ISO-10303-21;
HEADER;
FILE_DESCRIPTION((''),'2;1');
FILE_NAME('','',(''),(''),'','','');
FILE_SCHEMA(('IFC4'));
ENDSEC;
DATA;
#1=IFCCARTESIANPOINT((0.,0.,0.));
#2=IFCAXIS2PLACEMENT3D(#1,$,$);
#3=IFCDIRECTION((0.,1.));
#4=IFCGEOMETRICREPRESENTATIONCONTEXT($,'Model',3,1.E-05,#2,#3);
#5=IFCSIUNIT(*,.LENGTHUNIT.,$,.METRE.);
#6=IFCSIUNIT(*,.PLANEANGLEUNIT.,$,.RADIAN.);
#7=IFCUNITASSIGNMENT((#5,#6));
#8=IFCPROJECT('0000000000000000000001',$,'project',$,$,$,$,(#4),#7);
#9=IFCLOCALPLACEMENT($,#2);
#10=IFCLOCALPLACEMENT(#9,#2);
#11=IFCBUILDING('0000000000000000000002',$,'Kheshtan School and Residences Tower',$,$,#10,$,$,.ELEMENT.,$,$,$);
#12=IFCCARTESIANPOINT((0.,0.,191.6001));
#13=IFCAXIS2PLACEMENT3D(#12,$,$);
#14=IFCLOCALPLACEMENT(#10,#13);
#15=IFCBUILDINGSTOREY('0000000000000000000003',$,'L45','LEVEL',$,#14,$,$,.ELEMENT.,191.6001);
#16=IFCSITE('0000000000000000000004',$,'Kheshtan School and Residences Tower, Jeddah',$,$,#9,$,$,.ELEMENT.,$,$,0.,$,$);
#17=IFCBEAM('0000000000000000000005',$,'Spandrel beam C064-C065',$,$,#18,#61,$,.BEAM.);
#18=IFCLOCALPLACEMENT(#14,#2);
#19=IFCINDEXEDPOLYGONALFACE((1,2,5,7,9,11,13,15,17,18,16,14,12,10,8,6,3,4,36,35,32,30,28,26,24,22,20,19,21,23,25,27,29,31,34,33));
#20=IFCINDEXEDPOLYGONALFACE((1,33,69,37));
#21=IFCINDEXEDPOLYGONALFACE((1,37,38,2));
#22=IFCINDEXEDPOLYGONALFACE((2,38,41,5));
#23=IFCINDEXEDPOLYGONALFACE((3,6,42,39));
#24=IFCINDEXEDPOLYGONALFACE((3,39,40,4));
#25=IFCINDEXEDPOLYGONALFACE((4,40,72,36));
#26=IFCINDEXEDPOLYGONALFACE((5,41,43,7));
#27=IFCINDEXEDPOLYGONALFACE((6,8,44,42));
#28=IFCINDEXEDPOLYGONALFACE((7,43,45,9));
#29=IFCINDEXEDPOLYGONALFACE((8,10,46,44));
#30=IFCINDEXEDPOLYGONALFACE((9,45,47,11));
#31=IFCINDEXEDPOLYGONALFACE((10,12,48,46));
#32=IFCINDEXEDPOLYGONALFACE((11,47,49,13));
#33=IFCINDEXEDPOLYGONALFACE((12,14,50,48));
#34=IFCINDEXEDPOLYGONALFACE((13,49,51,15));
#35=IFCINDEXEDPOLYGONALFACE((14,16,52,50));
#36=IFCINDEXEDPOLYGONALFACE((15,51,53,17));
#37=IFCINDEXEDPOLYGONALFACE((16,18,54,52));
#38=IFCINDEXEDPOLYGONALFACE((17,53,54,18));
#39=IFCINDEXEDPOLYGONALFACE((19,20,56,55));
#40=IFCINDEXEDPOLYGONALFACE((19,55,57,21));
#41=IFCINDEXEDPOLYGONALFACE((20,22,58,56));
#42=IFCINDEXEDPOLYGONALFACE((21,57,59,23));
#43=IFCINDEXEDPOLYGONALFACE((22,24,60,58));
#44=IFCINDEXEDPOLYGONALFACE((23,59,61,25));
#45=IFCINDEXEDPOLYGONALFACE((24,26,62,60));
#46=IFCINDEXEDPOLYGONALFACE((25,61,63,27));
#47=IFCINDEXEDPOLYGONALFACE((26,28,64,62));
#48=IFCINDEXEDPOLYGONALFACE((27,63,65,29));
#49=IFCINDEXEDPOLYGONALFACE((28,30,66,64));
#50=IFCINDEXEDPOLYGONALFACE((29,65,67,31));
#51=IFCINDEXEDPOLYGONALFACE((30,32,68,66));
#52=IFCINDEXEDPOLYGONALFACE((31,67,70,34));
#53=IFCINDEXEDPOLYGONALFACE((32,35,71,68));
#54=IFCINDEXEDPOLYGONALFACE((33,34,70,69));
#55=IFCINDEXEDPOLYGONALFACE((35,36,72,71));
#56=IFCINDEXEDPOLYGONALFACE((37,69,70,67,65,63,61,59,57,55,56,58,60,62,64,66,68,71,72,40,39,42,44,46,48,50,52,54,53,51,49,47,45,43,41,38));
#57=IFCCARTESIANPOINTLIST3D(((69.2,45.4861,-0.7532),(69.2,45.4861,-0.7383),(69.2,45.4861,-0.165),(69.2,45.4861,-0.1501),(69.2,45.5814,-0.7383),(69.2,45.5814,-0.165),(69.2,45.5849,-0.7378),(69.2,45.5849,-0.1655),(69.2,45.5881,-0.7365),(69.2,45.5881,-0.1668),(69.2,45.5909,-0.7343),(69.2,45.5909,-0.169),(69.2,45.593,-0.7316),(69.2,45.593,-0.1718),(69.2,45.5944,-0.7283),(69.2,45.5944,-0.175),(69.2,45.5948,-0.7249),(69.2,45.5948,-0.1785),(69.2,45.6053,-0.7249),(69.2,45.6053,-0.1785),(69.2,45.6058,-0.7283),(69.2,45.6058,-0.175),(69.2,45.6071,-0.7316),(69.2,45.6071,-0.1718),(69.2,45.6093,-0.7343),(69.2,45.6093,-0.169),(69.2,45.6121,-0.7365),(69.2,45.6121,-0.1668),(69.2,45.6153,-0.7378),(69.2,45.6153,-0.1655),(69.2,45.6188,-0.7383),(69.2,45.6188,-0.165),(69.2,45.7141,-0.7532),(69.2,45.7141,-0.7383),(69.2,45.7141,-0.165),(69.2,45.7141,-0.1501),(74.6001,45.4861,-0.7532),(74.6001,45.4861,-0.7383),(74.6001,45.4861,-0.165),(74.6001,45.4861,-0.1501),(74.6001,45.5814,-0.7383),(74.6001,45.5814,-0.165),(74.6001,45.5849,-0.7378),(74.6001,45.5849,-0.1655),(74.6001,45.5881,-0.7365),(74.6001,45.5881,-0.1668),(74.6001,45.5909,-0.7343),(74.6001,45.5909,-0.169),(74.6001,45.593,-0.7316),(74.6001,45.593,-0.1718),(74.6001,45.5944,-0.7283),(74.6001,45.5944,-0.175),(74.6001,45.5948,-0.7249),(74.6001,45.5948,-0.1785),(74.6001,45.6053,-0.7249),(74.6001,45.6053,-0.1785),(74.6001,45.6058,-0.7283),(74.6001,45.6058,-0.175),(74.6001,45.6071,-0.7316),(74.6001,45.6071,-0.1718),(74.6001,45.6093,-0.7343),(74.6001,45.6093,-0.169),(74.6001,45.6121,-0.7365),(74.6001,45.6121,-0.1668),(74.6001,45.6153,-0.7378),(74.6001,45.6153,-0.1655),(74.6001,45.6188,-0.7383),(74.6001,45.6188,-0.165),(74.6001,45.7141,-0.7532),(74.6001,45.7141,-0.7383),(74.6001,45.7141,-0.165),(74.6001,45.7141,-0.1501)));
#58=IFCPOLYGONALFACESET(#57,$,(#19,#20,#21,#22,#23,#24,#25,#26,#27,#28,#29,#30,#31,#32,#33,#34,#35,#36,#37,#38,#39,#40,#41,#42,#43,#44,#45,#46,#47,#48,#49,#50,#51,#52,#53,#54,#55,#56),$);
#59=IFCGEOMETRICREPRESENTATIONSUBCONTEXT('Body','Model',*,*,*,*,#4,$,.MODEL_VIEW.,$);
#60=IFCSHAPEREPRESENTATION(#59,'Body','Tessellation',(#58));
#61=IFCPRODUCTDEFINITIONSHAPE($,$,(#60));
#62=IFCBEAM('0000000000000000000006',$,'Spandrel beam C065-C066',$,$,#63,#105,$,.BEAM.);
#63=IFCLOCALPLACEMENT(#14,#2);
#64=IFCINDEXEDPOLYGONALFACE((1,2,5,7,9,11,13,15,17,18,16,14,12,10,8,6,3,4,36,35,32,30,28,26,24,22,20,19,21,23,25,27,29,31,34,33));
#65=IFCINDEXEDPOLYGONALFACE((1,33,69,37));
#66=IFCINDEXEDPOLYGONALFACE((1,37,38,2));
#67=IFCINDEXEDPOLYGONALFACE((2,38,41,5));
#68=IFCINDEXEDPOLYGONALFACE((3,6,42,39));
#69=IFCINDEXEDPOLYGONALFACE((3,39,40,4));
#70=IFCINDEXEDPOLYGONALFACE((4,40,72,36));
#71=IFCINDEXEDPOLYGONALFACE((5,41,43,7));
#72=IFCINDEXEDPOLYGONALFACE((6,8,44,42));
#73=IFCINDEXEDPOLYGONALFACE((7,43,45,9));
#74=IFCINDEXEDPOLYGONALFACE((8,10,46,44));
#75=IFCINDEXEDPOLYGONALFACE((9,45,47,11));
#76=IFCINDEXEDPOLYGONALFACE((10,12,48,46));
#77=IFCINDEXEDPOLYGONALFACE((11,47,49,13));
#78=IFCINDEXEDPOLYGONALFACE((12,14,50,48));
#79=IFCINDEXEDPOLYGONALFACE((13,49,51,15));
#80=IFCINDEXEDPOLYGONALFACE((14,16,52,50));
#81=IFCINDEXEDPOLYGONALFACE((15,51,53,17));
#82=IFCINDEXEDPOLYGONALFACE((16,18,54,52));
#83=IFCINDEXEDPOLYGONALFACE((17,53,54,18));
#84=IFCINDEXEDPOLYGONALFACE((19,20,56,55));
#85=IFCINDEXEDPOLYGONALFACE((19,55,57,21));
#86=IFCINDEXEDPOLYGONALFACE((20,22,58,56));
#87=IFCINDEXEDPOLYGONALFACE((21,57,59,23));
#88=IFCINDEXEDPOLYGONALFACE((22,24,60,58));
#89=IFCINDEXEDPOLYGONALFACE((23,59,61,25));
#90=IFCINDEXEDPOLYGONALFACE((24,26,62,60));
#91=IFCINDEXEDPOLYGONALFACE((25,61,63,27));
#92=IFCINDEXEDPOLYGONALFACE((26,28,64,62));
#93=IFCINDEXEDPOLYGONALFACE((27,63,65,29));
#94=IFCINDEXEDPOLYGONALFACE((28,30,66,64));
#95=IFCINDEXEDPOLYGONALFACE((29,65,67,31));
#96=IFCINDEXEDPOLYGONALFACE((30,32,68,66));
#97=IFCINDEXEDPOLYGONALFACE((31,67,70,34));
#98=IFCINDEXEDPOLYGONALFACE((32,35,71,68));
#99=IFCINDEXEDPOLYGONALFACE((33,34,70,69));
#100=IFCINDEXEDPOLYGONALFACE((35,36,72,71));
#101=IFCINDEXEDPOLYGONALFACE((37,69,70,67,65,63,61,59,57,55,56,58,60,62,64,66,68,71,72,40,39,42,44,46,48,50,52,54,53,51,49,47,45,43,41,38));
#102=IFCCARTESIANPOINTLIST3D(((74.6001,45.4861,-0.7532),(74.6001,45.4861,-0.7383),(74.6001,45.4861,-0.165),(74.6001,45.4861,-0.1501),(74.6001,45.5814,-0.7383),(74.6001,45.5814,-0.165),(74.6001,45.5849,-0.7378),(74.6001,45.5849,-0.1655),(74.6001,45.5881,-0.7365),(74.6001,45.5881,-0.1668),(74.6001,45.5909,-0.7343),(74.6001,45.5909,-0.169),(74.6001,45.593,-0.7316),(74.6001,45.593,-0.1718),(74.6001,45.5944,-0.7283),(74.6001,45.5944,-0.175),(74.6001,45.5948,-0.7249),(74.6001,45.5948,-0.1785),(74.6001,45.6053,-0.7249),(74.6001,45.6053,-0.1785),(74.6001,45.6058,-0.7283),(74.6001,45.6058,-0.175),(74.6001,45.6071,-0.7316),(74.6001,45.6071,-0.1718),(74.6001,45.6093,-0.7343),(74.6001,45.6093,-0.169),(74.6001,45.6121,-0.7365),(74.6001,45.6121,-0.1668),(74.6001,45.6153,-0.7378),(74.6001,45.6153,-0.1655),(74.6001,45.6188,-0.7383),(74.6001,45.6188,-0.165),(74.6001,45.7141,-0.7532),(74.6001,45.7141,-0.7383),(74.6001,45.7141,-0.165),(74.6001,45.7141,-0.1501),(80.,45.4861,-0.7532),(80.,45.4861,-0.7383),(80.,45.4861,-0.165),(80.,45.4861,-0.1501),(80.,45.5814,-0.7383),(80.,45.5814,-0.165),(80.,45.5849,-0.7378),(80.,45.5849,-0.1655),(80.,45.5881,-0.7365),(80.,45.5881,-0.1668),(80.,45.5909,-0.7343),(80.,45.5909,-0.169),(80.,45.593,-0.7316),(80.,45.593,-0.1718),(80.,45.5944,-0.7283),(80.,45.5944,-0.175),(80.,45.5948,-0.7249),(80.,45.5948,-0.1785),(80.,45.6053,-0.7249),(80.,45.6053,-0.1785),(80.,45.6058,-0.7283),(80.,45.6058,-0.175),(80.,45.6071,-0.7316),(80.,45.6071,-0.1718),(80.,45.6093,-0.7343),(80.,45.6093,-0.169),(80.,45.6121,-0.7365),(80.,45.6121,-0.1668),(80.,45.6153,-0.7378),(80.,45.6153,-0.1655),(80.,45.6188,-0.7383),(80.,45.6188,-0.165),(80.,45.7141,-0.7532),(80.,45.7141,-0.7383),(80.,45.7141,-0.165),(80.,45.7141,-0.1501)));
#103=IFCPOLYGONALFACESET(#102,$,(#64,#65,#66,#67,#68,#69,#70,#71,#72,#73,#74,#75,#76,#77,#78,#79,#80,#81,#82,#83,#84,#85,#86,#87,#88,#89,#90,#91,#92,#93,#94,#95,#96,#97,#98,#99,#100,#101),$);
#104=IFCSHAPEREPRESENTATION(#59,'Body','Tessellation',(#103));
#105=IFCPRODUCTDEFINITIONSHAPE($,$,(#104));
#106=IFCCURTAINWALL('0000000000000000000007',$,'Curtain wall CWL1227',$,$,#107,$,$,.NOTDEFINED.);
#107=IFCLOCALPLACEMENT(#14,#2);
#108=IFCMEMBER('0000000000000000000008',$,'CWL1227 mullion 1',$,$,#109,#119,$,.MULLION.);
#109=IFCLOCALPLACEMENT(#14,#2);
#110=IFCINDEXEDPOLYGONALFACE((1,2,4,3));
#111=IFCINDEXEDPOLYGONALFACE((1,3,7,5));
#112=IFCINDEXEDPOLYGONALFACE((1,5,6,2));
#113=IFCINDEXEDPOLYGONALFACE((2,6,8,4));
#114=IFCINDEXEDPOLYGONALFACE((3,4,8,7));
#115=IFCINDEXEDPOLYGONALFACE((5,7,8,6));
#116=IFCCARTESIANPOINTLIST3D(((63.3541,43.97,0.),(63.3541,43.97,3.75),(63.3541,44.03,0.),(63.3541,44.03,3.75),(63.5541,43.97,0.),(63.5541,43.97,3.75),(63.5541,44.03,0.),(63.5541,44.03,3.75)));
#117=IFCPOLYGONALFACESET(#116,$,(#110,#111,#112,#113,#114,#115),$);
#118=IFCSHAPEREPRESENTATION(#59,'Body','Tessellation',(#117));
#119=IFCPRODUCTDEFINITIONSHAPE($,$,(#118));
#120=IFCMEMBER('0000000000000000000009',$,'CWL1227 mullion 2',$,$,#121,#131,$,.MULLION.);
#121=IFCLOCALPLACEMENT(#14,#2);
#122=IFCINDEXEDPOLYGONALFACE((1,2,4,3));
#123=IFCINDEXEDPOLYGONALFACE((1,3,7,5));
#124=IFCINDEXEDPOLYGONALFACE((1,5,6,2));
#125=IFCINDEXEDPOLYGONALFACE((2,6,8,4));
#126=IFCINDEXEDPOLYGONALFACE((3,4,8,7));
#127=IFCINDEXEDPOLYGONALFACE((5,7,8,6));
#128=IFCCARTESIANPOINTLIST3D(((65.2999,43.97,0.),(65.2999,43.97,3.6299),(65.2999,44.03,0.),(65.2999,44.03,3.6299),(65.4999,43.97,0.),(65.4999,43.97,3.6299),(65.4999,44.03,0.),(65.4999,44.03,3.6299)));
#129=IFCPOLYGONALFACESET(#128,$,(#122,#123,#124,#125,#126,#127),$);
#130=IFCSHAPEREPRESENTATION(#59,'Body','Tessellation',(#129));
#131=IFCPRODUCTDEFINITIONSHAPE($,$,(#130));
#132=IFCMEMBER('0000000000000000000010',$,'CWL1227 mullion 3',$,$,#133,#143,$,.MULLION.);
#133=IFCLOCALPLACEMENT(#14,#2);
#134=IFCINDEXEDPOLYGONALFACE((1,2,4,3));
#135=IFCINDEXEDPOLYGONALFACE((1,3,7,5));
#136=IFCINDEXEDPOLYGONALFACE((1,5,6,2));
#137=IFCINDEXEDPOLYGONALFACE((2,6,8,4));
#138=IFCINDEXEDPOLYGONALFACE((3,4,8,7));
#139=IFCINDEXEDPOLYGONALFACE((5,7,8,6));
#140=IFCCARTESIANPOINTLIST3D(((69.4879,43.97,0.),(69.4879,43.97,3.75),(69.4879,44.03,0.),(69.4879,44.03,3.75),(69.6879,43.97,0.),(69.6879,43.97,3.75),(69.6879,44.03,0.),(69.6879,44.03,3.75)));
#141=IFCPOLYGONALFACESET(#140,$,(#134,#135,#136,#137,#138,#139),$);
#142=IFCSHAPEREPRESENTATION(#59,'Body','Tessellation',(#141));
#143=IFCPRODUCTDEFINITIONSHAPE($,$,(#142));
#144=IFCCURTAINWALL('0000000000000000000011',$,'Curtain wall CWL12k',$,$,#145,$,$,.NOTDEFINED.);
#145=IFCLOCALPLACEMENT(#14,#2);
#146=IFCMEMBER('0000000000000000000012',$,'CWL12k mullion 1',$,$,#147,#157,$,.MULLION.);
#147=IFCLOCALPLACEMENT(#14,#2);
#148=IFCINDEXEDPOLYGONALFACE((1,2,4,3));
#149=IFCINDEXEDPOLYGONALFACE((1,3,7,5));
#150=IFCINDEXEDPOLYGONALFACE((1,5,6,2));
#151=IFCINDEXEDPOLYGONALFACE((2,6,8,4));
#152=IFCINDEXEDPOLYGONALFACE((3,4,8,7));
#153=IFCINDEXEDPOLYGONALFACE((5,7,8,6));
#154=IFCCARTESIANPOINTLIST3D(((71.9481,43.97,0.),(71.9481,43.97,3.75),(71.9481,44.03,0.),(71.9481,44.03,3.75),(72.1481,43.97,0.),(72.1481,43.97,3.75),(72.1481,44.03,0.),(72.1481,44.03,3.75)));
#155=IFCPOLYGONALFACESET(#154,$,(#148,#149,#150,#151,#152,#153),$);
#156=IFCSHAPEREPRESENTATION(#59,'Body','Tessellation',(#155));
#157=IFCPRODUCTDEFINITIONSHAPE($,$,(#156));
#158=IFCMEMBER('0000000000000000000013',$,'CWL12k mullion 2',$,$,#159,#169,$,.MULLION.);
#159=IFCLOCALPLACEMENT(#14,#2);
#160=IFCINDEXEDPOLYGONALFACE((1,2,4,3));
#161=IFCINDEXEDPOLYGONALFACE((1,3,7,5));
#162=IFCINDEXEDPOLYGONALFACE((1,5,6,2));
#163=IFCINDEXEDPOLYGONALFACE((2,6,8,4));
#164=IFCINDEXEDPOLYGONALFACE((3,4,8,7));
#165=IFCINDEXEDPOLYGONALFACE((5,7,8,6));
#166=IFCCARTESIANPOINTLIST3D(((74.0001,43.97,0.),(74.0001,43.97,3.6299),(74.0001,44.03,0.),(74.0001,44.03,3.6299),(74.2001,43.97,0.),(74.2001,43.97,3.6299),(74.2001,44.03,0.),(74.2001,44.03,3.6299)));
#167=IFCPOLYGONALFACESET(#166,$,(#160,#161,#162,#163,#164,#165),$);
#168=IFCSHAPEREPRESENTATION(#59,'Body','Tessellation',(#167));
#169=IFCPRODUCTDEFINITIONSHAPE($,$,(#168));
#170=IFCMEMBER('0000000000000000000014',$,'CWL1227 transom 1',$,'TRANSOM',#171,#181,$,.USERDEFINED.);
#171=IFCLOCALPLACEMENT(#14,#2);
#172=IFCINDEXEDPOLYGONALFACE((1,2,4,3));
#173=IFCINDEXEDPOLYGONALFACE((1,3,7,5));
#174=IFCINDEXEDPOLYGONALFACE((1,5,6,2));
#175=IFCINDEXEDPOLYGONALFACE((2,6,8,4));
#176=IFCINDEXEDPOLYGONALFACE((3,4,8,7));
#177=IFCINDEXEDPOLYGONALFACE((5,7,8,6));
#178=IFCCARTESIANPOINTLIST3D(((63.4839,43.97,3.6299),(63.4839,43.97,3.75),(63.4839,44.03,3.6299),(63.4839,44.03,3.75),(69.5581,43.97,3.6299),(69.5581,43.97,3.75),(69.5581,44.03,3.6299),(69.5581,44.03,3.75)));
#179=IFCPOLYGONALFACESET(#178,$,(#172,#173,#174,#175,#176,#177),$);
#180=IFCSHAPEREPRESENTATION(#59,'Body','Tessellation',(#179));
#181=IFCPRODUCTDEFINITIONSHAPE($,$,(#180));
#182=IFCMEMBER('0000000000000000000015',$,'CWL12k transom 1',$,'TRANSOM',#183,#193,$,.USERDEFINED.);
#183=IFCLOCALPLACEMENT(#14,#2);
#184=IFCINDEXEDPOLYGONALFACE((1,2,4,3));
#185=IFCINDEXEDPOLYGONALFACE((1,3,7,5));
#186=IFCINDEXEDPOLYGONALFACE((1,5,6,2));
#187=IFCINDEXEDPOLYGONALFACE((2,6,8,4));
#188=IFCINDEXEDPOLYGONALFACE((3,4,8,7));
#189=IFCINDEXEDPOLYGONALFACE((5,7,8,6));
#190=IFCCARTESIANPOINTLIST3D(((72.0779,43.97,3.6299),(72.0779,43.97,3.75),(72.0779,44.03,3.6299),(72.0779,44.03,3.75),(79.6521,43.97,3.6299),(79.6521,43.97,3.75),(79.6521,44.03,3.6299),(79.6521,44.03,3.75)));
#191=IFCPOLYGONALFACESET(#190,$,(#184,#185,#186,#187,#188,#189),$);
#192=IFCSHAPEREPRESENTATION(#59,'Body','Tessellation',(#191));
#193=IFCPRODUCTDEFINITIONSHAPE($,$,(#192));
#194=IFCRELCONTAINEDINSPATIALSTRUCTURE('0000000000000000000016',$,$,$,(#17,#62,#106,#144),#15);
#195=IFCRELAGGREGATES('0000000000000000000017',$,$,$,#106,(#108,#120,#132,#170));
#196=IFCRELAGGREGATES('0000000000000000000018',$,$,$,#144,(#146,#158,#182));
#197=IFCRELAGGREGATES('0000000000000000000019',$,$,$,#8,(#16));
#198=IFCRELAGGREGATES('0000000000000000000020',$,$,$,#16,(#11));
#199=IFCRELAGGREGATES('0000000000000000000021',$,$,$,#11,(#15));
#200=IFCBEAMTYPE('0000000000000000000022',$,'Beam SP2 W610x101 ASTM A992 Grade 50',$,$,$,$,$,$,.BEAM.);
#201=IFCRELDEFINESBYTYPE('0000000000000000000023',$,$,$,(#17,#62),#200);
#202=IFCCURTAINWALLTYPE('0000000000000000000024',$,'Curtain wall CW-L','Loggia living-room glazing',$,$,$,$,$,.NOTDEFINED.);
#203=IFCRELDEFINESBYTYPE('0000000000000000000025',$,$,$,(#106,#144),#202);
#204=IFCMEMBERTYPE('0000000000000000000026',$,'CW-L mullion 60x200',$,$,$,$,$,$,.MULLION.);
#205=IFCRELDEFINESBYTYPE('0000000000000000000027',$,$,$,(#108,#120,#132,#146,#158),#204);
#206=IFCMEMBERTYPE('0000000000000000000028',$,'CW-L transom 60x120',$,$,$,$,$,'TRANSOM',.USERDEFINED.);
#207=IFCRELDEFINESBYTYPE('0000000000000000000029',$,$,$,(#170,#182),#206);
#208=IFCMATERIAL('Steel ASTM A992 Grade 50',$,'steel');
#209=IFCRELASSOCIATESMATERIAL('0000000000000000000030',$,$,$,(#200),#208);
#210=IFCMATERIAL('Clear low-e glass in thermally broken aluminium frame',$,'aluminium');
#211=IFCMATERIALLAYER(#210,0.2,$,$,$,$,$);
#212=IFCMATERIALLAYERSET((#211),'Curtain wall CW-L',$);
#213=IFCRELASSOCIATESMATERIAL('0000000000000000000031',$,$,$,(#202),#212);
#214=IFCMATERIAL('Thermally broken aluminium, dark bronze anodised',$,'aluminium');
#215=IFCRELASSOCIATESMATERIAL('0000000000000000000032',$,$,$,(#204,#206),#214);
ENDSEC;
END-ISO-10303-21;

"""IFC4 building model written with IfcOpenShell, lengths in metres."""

from ifc_helpers import new_model, si_unit, direction, frame, origin, origin_2d, place, context, subcontext, project, spatial, rectangle, i_section, extrude, material, layer, layer_set, material_profile, profile_set, type_object, element, aggregate, save


model = new_model("IFC4")

# Units and contexts
model_context = context("Model", 3, precision=1e-05, world=origin(), true_north=direction((0.0, 1.0)))
body_context = subcontext(model_context, "Body", "Model", "MODEL_VIEW")
ifc_project = project(units=[si_unit("LENGTHUNIT", "METRE"), si_unit("PLANEANGLEUNIT", "RADIAN")], contexts=[model_context])

# Site, building, storey
site_placement = place(None, origin())
site = spatial("IfcSite", under=ifc_project, at=site_placement, Name="Kheshtan School and Residences Tower, Jeddah", CompositionType="ELEMENT", RefElevation=0.0)
building_placement = place(site_placement, origin())
building = spatial("IfcBuilding", under=site, at=building_placement, Name="Kheshtan School and Residences Tower", CompositionType="ELEMENT")
storey_placement = place(building_placement, frame((0.0, 0.0, 191.6001)))
storey = spatial("IfcBuildingStorey", under=building, at=storey_placement, Name="L45", Description="LEVEL", CompositionType="ELEMENT", Elevation=191.6001)

# Shared definitions
ifc_material_1 = material(Name="Steel ASTM A992 Grade 50", Category="steel")

# Beams
ifc_material_profile_1 = material_profile(ifc_material_1, i_section(OverallWidth=0.228, OverallDepth=0.603, WebThickness=0.0105, FlangeThickness=0.0149, FilletRadius=0.0134, at=origin_2d()), Name="W610x101")
ifc_profile_set_1 = profile_set([ifc_material_profile_1], Name="Steel ASTM A992 Grade 50")
beam_type_1 = type_object("IfcBeamType", Name="Beam SP2 W610x101 ASTM A992 Grade 50", PredefinedType="BEAM", material=ifc_profile_set_1)
beam_1_placement = place(storey_placement, frame((69.2, 45.6001, -0.4517), z_axis=(1.0, 0.0, 0.0), x_axis=(0.0, 1.0, 0.0)))
element("IfcBeam", 1, at=beam_1_placement, inside=storey, type_object=beam_type_1, Name="Spandrel beam C064-C065", PredefinedType="BEAM", context=body_context, shape_type="SweptSolid", body=[
    extrude(i_section(OverallWidth=0.228, OverallDepth=0.603, WebThickness=0.0105, FlangeThickness=0.0149, FilletRadius=0.0134, at=origin_2d()), origin(), (0.0, 0.0, 1.0), 5.4001),
])
beam_2_placement = place(storey_placement, frame((74.6001, 45.6001, -0.4517), z_axis=(1.0, 0.0, 0.0), x_axis=(0.0, 1.0, 0.0)))
element("IfcBeam", 2, at=beam_2_placement, inside=storey, type_object=beam_type_1, Name="Spandrel beam C065-C066", PredefinedType="BEAM", context=body_context, shape_type="SweptSolid", body=[
    extrude(i_section(OverallWidth=0.228, OverallDepth=0.603, WebThickness=0.0105, FlangeThickness=0.0149, FilletRadius=0.0134, at=origin_2d()), origin(), (0.0, 0.0, 1.0), 5.3999),
])

# Curtain walls, members
ifc_material_2 = material(Name="Clear low-e glass in thermally broken aluminium frame", Category="aluminium")
ifc_layer_1 = layer(ifc_material_2, 0.2)
ifc_layer_set_1 = layer_set([ifc_layer_1], Name="Curtain wall CW-L")
curtain_wall_type = type_object("IfcCurtainWallType", Name="Curtain wall CW-L", Description="Loggia living-room glazing", PredefinedType="NOTDEFINED", material=ifc_layer_set_1)
curtain_wall_1_placement = place(storey_placement, origin())
curtain_wall_1 = element("IfcCurtainWall", 3, at=curtain_wall_1_placement, inside=storey, type_object=curtain_wall_type, Name="Curtain wall CWL1227", PredefinedType="NOTDEFINED")
ifc_material_3 = material(Name="Thermally broken aluminium, dark bronze anodised", Category="aluminium")
ifc_material_profile_2 = material_profile(ifc_material_3, rectangle(XDim=0.0601, YDim=0.2, at=origin_2d()), Name="CW-L mullion 60x200")
ifc_profile_set_2 = profile_set([ifc_material_profile_2], Name="Thermally broken aluminium, dark bronze anodised")
member_type_1 = type_object("IfcMemberType", Name="CW-L mullion 60x200", PredefinedType="MULLION", material=ifc_profile_set_2)
member_1_placement = place(storey_placement, frame((63.4541, 44.0, 0.0), z_axis=(0.0, 0.0, 1.0), x_axis=(0.0, 1.0, 0.0)))
member_1 = element("IfcMember", 4, at=member_1_placement, type_object=member_type_1, Name="CWL1227 mullion 1", PredefinedType="MULLION", context=body_context, shape_type="SweptSolid", body=[
    extrude(rectangle(XDim=0.0601, YDim=0.2, at=origin_2d()), origin(), (0.0, 0.0, 1.0), 3.75),
])
member_2_placement = place(storey_placement, frame((65.3999, 44.0, 0.0), z_axis=(0.0, 0.0, 1.0), x_axis=(0.0, 1.0, 0.0)))
member_2 = element("IfcMember", 5, at=member_2_placement, type_object=member_type_1, Name="CWL1227 mullion 2", PredefinedType="MULLION", context=body_context, shape_type="SweptSolid", body=[
    extrude(rectangle(XDim=0.0601, YDim=0.2, at=origin_2d()), origin(), (0.0, 0.0, 1.0), 3.6299),
])
member_3_placement = place(storey_placement, frame((69.5879, 44.0, 0.0), z_axis=(0.0, 0.0, 1.0), x_axis=(0.0, 1.0, 0.0)))
member_3 = element("IfcMember", 6, at=member_3_placement, type_object=member_type_1, Name="CWL1227 mullion 3", PredefinedType="MULLION", context=body_context, shape_type="SweptSolid", body=[
    extrude(rectangle(XDim=0.0601, YDim=0.2, at=origin_2d()), origin(), (0.0, 0.0, 1.0), 3.75),
])
curtain_wall_2_placement = place(storey_placement, origin())
curtain_wall_2 = element("IfcCurtainWall", 7, at=curtain_wall_2_placement, inside=storey, type_object=curtain_wall_type, Name="Curtain wall CWL12k", PredefinedType="NOTDEFINED")
member_4_placement = place(storey_placement, frame((72.0481, 44.0, 0.0), z_axis=(0.0, 0.0, 1.0), x_axis=(0.0, 1.0, 0.0)))
member_4 = element("IfcMember", 8, at=member_4_placement, type_object=member_type_1, Name="CWL12k mullion 1", PredefinedType="MULLION", context=body_context, shape_type="SweptSolid", body=[
    extrude(rectangle(XDim=0.0601, YDim=0.2, at=origin_2d()), origin(), (0.0, 0.0, 1.0), 3.75),
])
member_5_placement = place(storey_placement, frame((74.1001, 44.0, 0.0), z_axis=(0.0, 0.0, 1.0), x_axis=(0.0, 1.0, 0.0)))
member_5 = element("IfcMember", 9, at=member_5_placement, type_object=member_type_1, Name="CWL12k mullion 2", PredefinedType="MULLION", context=body_context, shape_type="SweptSolid", body=[
    extrude(rectangle(XDim=0.0601, YDim=0.2, at=origin_2d()), origin(), (0.0, 0.0, 1.0), 3.6299),
])

# Members
ifc_material_profile_3 = material_profile(ifc_material_3, rectangle(XDim=0.0601, YDim=0.1201, at=origin_2d()), Name="CW-L transom 60x120")
ifc_profile_set_3 = profile_set([ifc_material_profile_3], Name="Thermally broken aluminium, dark bronze anodised")
member_type_2 = type_object("IfcMemberType", Name="CW-L transom 60x120", ElementType="TRANSOM", PredefinedType="USERDEFINED", material=ifc_profile_set_3)
member_6_placement = place(storey_placement, frame((63.4839, 44.0, 3.6899), z_axis=(1.0, 0.0, 0.0), x_axis=(0.0, 1.0, 0.0)))
member_6 = element("IfcMember", 10, at=member_6_placement, type_object=member_type_2, Name="CWL1227 transom 1", ObjectType="TRANSOM", PredefinedType="USERDEFINED", context=body_context, shape_type="SweptSolid", body=[
    extrude(rectangle(XDim=0.0601, YDim=0.1201, at=origin_2d()), origin(), (0.0, 0.0, 1.0), 6.0742),
])
member_7_placement = place(storey_placement, frame((72.0779, 44.0, 3.6899), z_axis=(1.0, 0.0, 0.0), x_axis=(0.0, 1.0, 0.0)))
member_7 = element("IfcMember", 11, at=member_7_placement, type_object=member_type_2, Name="CWL12k transom 1", ObjectType="TRANSOM", PredefinedType="USERDEFINED", context=body_context, shape_type="SweptSolid", body=[
    extrude(rectangle(XDim=0.0601, YDim=0.1201, at=origin_2d()), origin(), (0.0, 0.0, 1.0), 7.5742),
])

aggregate(curtain_wall_1, [member_1, member_2, member_3, member_6])
aggregate(curtain_wall_2, [member_4, member_5, member_7])

save(model, "model.ifc")
